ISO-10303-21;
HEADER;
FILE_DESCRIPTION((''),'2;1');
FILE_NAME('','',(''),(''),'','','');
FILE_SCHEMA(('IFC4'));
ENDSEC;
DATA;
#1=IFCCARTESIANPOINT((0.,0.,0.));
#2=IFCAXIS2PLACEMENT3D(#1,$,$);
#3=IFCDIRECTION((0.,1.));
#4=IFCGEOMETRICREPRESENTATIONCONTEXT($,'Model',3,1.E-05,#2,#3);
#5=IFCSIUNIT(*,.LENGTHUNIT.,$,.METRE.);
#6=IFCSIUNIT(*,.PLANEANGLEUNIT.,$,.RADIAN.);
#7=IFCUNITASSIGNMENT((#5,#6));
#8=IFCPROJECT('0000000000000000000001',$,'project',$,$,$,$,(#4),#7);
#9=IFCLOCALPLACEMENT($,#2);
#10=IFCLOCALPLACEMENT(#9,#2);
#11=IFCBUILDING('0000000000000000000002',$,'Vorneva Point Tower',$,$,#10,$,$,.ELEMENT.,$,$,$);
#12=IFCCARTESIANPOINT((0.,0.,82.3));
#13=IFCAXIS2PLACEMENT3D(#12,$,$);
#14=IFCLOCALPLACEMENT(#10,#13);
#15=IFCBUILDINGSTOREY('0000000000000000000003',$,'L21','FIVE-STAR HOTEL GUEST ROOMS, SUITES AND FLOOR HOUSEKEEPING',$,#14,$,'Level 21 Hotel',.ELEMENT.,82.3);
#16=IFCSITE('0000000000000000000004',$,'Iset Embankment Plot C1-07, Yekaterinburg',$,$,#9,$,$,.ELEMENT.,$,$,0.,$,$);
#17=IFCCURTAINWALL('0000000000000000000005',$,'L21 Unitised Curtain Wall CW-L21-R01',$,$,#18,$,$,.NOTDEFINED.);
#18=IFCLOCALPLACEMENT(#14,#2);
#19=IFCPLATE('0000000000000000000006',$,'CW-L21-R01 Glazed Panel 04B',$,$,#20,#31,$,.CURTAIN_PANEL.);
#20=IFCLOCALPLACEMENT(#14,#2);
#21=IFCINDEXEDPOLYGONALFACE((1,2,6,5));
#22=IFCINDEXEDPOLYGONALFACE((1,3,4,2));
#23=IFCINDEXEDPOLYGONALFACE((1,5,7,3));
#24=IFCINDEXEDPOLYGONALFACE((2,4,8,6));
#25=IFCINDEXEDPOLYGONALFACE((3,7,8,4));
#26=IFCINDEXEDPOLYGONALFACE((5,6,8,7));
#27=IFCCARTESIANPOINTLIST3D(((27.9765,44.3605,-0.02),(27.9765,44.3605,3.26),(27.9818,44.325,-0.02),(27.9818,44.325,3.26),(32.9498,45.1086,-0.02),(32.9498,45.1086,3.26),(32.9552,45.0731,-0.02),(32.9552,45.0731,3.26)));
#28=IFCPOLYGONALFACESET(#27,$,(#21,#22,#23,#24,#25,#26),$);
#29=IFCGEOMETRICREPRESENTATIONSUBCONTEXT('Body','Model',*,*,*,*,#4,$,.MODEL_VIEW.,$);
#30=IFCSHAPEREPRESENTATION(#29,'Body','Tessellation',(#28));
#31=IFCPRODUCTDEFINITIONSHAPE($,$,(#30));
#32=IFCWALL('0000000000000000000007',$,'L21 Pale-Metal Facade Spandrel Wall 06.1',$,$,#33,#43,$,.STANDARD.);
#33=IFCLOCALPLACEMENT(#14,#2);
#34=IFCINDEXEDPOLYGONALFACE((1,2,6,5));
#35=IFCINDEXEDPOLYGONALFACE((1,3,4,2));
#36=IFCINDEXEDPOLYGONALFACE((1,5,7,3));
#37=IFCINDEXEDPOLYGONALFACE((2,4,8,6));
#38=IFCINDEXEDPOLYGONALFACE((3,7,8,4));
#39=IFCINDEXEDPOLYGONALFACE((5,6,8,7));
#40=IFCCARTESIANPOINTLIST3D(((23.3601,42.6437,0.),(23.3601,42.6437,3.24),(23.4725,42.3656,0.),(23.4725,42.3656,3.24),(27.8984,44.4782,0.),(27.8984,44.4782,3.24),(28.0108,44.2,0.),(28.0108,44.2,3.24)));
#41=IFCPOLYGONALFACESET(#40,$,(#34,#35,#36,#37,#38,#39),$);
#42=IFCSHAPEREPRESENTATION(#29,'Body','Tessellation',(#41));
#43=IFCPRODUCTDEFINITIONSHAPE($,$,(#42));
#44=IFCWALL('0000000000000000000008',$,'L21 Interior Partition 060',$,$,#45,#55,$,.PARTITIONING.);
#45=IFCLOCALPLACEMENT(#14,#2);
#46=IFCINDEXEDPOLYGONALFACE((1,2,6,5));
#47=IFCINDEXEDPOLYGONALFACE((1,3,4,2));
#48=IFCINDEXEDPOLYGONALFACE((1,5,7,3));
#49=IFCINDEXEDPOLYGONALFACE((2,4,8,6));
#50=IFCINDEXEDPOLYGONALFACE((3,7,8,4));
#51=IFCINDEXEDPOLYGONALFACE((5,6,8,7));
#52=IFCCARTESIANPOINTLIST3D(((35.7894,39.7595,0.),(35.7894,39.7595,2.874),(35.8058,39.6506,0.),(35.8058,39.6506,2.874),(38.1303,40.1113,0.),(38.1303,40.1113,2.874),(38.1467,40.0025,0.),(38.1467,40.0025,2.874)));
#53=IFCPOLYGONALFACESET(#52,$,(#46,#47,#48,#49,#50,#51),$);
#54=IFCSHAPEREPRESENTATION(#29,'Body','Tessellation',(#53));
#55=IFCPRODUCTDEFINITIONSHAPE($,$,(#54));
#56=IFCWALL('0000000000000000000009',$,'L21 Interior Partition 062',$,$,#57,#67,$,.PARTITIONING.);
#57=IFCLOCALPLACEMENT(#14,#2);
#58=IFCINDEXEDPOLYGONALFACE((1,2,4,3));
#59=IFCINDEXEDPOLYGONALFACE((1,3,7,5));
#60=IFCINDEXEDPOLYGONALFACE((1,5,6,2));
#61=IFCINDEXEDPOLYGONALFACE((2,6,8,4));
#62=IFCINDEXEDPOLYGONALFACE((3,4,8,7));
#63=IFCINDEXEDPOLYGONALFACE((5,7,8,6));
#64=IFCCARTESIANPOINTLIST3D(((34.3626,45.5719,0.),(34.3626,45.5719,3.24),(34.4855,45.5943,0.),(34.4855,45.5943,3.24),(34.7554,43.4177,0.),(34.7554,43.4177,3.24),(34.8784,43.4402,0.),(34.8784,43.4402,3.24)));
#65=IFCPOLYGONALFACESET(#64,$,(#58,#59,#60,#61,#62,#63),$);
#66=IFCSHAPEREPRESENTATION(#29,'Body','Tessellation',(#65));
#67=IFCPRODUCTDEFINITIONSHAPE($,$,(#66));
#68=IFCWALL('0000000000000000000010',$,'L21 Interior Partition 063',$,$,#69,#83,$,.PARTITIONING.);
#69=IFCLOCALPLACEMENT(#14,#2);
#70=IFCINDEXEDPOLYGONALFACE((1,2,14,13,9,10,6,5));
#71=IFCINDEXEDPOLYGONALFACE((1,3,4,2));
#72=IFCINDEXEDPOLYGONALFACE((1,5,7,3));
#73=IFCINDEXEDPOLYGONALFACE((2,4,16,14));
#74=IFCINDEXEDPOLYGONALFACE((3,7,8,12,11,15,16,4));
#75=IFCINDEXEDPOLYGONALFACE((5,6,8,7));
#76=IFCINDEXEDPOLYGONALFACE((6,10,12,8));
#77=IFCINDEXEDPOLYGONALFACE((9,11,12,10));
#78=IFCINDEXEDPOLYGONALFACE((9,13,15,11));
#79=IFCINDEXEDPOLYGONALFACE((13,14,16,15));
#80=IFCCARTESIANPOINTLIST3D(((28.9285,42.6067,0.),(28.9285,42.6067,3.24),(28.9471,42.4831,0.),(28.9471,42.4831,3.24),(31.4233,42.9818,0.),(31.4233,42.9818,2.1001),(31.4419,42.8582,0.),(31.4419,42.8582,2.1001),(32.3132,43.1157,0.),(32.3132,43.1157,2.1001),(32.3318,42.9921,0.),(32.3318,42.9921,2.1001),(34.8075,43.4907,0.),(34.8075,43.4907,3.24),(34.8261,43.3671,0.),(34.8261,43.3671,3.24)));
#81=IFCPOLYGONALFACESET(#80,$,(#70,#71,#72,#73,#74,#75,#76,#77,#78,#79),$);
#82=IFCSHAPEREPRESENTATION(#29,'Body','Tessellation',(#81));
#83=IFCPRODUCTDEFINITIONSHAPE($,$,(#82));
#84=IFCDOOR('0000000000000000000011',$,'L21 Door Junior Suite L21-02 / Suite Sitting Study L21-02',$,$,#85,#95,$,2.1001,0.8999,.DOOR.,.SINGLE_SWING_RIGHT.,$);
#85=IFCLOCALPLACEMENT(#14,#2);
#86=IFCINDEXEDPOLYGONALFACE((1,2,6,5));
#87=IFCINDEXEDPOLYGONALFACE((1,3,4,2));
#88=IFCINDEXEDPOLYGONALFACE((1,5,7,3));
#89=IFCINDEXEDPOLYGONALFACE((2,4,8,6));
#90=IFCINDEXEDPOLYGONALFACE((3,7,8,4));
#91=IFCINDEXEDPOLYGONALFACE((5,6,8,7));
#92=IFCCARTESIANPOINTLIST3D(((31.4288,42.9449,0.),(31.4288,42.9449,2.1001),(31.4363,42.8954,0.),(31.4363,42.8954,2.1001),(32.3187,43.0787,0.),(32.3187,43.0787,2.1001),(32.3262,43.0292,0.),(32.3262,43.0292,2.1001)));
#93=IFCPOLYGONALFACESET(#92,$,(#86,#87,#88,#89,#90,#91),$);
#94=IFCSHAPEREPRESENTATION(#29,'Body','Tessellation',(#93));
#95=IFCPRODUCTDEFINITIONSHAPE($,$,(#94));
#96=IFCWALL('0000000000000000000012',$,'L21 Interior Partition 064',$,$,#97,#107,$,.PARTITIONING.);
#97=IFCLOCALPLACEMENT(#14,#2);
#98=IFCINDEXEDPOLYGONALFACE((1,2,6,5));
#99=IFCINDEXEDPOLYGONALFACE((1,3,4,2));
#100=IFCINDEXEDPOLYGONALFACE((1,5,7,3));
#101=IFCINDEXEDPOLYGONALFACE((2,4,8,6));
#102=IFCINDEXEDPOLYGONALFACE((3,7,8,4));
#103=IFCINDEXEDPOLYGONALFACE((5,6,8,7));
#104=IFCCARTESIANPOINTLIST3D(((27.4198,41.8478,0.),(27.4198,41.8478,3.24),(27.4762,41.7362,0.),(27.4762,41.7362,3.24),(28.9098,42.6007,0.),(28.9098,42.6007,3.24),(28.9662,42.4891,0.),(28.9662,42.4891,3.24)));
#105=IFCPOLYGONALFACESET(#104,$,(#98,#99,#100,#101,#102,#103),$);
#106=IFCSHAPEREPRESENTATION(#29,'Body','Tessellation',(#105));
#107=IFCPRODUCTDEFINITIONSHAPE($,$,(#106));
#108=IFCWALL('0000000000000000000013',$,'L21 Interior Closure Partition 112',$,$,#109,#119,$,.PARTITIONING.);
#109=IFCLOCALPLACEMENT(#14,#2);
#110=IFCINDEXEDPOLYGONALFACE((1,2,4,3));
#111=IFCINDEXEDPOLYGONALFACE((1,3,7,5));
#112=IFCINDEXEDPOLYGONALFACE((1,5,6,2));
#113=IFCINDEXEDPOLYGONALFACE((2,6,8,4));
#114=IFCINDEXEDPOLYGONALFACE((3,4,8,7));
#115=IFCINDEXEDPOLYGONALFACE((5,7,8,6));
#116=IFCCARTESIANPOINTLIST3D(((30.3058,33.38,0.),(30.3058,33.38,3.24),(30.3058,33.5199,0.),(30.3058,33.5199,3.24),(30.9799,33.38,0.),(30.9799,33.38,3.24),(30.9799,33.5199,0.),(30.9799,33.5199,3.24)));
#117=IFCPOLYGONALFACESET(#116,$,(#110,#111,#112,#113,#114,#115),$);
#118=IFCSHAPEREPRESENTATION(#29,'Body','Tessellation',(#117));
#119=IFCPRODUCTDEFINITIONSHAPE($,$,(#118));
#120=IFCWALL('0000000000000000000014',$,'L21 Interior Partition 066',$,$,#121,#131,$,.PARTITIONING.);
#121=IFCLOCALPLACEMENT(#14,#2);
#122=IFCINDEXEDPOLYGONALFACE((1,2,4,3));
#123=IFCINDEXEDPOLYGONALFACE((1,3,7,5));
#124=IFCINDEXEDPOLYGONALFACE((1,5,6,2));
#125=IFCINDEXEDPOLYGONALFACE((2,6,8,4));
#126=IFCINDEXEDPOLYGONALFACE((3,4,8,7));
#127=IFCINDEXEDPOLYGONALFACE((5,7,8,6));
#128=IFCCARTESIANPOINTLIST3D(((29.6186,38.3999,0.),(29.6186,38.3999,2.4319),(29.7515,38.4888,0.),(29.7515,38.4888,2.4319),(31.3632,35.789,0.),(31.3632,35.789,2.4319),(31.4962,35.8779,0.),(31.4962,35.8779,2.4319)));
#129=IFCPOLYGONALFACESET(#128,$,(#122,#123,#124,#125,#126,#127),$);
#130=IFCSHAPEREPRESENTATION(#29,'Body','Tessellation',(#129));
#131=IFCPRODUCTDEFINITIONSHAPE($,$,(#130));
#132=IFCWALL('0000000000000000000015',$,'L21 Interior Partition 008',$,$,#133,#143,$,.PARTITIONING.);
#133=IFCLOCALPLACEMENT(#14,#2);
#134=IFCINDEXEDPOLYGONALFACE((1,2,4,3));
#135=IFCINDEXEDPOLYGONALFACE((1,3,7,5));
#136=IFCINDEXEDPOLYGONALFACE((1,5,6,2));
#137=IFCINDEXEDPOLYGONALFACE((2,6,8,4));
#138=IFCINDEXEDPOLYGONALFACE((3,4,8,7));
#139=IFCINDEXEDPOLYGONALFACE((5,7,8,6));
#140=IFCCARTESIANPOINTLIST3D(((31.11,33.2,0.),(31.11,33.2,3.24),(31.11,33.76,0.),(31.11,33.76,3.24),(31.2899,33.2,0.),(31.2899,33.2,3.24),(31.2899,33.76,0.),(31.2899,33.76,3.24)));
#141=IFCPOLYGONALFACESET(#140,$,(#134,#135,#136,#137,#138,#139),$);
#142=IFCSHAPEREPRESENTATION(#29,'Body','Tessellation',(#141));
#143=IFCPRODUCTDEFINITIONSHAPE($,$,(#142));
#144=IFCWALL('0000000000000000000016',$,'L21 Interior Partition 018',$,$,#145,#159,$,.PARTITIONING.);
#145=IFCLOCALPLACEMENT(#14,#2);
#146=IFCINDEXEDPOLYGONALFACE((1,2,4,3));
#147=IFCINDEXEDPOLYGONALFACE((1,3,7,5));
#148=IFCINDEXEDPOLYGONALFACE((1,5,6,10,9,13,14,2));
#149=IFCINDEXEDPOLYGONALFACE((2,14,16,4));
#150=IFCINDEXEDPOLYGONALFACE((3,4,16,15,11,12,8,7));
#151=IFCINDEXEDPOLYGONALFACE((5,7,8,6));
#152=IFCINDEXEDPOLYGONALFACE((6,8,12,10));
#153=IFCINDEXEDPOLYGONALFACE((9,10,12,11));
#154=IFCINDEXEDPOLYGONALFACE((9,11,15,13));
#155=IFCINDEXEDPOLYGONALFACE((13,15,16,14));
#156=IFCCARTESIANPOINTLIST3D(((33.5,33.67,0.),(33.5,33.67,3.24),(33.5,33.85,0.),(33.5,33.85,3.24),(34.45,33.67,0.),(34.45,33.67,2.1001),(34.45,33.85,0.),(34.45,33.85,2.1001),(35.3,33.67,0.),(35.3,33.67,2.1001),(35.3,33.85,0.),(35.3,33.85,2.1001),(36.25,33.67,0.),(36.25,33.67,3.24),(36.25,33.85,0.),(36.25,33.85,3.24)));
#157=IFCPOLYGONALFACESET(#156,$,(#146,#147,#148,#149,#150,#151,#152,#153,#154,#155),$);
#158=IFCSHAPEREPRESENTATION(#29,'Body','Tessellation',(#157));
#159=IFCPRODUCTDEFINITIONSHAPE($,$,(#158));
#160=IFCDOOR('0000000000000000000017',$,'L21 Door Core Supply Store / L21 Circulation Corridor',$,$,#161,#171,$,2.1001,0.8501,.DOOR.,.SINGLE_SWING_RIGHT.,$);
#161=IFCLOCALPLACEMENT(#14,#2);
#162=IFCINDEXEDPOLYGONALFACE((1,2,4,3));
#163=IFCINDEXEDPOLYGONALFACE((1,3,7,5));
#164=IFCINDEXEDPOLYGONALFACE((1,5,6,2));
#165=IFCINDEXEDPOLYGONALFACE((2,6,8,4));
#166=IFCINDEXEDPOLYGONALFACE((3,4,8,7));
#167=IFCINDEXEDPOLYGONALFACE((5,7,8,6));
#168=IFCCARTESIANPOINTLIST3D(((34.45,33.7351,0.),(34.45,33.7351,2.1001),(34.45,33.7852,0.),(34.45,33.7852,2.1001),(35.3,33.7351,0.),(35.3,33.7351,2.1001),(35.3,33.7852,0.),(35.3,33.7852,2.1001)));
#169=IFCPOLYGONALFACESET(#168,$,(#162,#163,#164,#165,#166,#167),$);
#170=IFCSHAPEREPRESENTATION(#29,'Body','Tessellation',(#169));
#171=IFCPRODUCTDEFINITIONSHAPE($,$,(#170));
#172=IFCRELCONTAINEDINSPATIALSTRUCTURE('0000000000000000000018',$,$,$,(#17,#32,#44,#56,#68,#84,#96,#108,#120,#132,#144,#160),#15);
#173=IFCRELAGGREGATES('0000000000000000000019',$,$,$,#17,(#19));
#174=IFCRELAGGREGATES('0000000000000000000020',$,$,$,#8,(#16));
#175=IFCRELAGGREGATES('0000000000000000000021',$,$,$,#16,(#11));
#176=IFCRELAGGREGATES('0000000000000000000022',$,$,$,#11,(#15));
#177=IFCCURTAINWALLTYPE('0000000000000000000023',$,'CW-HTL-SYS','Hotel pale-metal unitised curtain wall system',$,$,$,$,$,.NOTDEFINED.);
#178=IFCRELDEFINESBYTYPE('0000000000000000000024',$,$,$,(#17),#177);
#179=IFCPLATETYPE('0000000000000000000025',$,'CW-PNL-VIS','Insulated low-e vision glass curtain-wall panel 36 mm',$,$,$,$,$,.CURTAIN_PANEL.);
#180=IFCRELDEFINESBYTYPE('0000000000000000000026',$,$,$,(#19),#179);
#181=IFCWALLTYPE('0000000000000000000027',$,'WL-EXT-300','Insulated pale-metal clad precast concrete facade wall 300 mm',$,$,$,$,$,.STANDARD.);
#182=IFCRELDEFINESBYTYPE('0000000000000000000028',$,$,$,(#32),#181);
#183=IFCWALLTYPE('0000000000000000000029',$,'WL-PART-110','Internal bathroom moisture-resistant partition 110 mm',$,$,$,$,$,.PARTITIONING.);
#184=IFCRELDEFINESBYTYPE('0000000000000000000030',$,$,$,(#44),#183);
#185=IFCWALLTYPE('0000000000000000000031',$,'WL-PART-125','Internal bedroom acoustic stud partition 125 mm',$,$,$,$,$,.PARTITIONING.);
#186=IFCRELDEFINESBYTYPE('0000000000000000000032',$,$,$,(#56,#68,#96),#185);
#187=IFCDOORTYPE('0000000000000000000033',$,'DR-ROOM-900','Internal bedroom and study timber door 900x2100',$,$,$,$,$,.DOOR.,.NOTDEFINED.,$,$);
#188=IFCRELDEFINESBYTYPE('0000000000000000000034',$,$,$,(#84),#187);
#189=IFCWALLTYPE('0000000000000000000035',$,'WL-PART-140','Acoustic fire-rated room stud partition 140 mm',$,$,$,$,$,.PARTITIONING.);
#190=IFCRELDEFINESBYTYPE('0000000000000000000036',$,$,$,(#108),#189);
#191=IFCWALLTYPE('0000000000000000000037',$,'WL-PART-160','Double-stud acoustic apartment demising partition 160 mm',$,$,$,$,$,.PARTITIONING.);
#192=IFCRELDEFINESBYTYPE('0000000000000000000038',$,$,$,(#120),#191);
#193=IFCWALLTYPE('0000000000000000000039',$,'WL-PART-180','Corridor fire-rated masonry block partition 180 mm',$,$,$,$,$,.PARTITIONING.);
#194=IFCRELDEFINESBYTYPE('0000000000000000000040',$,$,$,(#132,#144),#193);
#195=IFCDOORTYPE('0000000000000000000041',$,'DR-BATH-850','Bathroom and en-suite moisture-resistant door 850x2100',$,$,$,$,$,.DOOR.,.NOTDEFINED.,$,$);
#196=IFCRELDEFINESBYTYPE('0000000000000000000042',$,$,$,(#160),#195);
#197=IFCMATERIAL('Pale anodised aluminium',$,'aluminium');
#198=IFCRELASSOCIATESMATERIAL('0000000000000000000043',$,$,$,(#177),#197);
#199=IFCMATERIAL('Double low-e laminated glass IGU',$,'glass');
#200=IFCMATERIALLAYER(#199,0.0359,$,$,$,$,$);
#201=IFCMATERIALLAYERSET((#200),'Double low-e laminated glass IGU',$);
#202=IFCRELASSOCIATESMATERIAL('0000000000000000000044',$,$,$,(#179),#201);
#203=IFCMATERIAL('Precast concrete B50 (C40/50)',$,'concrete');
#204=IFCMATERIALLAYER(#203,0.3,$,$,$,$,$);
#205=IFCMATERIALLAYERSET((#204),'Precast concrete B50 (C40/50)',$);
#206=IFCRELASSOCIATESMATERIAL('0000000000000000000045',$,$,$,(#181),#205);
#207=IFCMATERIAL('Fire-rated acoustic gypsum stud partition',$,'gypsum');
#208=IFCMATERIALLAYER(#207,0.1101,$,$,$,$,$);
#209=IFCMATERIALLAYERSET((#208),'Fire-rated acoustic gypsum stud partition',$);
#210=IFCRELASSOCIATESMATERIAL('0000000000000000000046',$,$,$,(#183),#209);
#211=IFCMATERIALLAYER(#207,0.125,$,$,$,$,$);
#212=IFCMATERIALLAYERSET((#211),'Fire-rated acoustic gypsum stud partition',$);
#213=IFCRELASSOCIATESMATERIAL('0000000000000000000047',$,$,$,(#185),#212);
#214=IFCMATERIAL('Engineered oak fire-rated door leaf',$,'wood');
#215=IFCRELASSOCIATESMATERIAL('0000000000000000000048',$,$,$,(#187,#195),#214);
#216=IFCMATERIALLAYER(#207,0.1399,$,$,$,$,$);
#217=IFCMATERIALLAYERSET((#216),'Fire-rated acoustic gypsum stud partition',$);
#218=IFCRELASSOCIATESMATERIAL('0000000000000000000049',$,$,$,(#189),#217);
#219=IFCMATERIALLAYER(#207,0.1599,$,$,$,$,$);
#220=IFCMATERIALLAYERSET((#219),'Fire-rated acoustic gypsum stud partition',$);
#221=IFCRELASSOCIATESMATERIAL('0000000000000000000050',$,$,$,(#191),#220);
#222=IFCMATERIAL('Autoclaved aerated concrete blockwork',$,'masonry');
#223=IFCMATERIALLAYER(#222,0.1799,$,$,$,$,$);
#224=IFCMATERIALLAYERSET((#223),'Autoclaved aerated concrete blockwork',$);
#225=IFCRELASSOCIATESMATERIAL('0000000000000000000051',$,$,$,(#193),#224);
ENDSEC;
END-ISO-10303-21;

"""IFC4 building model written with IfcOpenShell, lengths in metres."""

from ifc_helpers import new_model, si_unit, direction, frame, frame_2d, origin, origin_2d, place, context, subcontext, project, spatial, rectangle, extrude, material, layer, layer_set, type_object, element, fill, aggregate, save


model = new_model("IFC4")

# Units and contexts
model_context = context("Model", 3, precision=1e-05, world=origin(), true_north=direction((0.0, 1.0)))
body_context = subcontext(model_context, "Body", "Model", "MODEL_VIEW")
ifc_project = project(units=[si_unit("LENGTHUNIT", "METRE"), si_unit("PLANEANGLEUNIT", "RADIAN")], contexts=[model_context])

# Site, building, storey
site_placement = place(None, origin())
site = spatial("IfcSite", under=ifc_project, at=site_placement, Name="Iset Embankment Plot C1-07, Yekaterinburg", CompositionType="ELEMENT", RefElevation=0.0)
building_placement = place(site_placement, origin())
building = spatial("IfcBuilding", under=site, at=building_placement, Name="Vorneva Point Tower", CompositionType="ELEMENT")
storey_placement = place(building_placement, frame((0.0, 0.0, 82.3)))
storey = spatial("IfcBuildingStorey", under=building, at=storey_placement, Name="L21", Description="FIVE-STAR HOTEL GUEST ROOMS, SUITES AND FLOOR HOUSEKEEPING", LongName="Level 21 Hotel", CompositionType="ELEMENT", Elevation=82.3)

# Curtain wall, plate
ifc_material_1 = material(Name="Pale anodised aluminium", Category="aluminium")
curtain_wall_type = type_object("IfcCurtainWallType", Name="CW-HTL-SYS", Description="Hotel pale-metal unitised curtain wall system", PredefinedType="NOTDEFINED", material=ifc_material_1)
curtain_wall_placement = place(storey_placement, origin())
curtain_wall = element("IfcCurtainWall", 1, at=curtain_wall_placement, inside=storey, type_object=curtain_wall_type, Name="L21 Unitised Curtain Wall CW-L21-R01", PredefinedType="NOTDEFINED")
ifc_material_2 = material(Name="Double low-e laminated glass IGU", Category="glass")
ifc_layer_1 = layer(ifc_material_2, 0.0359)
ifc_layer_set_1 = layer_set([ifc_layer_1], Name="Double low-e laminated glass IGU")
plate_type = type_object("IfcPlateType", Name="CW-PNL-VIS", Description="Insulated low-e vision glass curtain-wall panel 36 mm", PredefinedType="CURTAIN_PANEL", material=ifc_layer_set_1)
plate_1_placement = place(storey_placement, frame((30.4658, 44.7168, -0.02), z_axis=(0.0, 0.0, 1.0), x_axis=(-0.988876, -0.148741, 0.0)))
plate_1 = element("IfcPlate", 2, at=plate_1_placement, type_object=plate_type, Name="CW-L21-R01 Glazed Panel 04B", PredefinedType="CURTAIN_PANEL", context=body_context, shape_type="SweptSolid", body=[
    extrude(rectangle(XDim=5.0293, YDim=0.0359, at=origin_2d()), origin(), (0.0, 0.0, 1.0), 3.28),
])
aggregate(curtain_wall, [plate_1])

# Walls
ifc_material_3 = material(Name="Precast concrete B50 (C40/50)", Category="concrete")
ifc_layer_2 = layer(ifc_material_3, 0.3)
ifc_layer_set_2 = layer_set([ifc_layer_2], Name="Precast concrete B50 (C40/50)")
wall_type_1 = type_object("IfcWallType", Name="WL-EXT-300", Description="Insulated pale-metal clad precast concrete facade wall 300 mm", PredefinedType="STANDARD", material=ifc_layer_set_2)
wall_1_placement = place(storey_placement, frame((27.9546, 44.3391, 0.0), z_axis=(0.0, 0.0, 1.0), x_axis=(-0.927122, -0.374759, 0.0)))
element("IfcWall", 3, at=wall_1_placement, inside=storey, type_object=wall_type_1, Name="L21 Pale-Metal Facade Spandrel Wall 06.1", PredefinedType="STANDARD", context=body_context, shape_type="SweptSolid", body=[
    extrude(rectangle(XDim=4.895, YDim=0.3, at=frame_2d((2.4475, 0.0))), origin(), (0.0, 0.0, 1.0), 3.24),
])
ifc_material_4 = material(Name="Fire-rated acoustic gypsum stud partition", Category="gypsum")
ifc_layer_3 = layer(ifc_material_4, 0.1101)
ifc_layer_set_3 = layer_set([ifc_layer_3], Name="Fire-rated acoustic gypsum stud partition")
wall_type_2 = type_object("IfcWallType", Name="WL-PART-110", Description="Internal bathroom moisture-resistant partition 110 mm", PredefinedType="PARTITIONING", material=ifc_layer_set_3)
wall_2_placement = place(storey_placement, frame((35.7976, 39.7051, 0.0), z_axis=(0.0, 0.0, 1.0), x_axis=(0.988894, 0.148623, 0.0)))
element("IfcWall", 4, at=wall_2_placement, inside=storey, type_object=wall_type_2, Name="L21 Interior Partition 060", PredefinedType="PARTITIONING", context=body_context, shape_type="SweptSolid", body=[
    extrude(rectangle(XDim=2.3672, YDim=0.1101, at=frame_2d((1.1836, 0.0))), origin(), (0.0, 0.0, 1.0), 2.874),
])
ifc_layer_4 = layer(ifc_material_4, 0.125)
ifc_layer_set_4 = layer_set([ifc_layer_4], Name="Fire-rated acoustic gypsum stud partition")
wall_type_3 = type_object("IfcWallType", Name="WL-PART-125", Description="Internal bedroom acoustic stud partition 125 mm", PredefinedType="PARTITIONING", material=ifc_layer_set_4)
wall_3_placement = place(storey_placement, frame((34.4241, 45.583, 0.0), z_axis=(0.0, 0.0, 1.0), x_axis=(0.179405, -0.983775, 0.0)))
element("IfcWall", 5, at=wall_3_placement, inside=storey, type_object=wall_type_3, Name="L21 Interior Partition 062", PredefinedType="PARTITIONING", context=body_context, shape_type="SweptSolid", body=[
    extrude(rectangle(XDim=2.1897, YDim=0.125, at=frame_2d((1.0947, 0.0))), origin(), (0.0, 0.0, 1.0), 3.24),
])

# Wall, opening, door
wall_4_placement = place(storey_placement, frame((34.8169, 43.429, 0.0), z_axis=(0.0, 0.0, 1.0), x_axis=(-0.988882, -0.148702, 0.0)))
wall_4 = element("IfcWall", 6, at=wall_4_placement, inside=storey, type_object=wall_type_3, Name="L21 Interior Partition 063", PredefinedType="PARTITIONING", context=body_context, shape_type="SweptSolid", body=[
    extrude(rectangle(XDim=5.9451, YDim=0.125, at=frame_2d((2.9727, 0.0))), origin(), (0.0, 0.0, 1.0), 3.24),
])
opening_1_placement = place(wall_4_placement, frame((2.5225, 0.0, 0.0)))
opening_1 = element("IfcOpeningElement", 7, at=opening_1_placement, cuts=wall_4, PredefinedType="OPENING", context=body_context, shape_type="SweptSolid", body=[
    extrude(rectangle(XDim=0.8999, YDim=2.1001, at=frame_2d((0.45, 1.05))), frame((0.0, 0.0774, 0.0), z_axis=(0.0, -1.0, 0.0), x_axis=(1.0, 0.0, 0.0)), (0.0, 0.0, 1.0), 0.1548),
])
ifc_material_5 = material(Name="Engineered oak fire-rated door leaf", Category="wood")
door_type_1 = type_object("IfcDoorType", Name="DR-ROOM-900", Description="Internal bedroom and study timber door 900x2100", OperationType="NOTDEFINED", PredefinedType="DOOR", material=ifc_material_5)
door_1_placement = place(opening_1_placement, origin())
door_1 = element("IfcDoor", 8, at=door_1_placement, inside=storey, type_object=door_type_1, Name="L21 Door Junior Suite L21-02 / Suite Sitting Study L21-02", OperationType="SINGLE_SWING_RIGHT", OverallHeight=2.1001, OverallWidth=0.8999, PredefinedType="DOOR", context=body_context, shape_type="SweptSolid", body=[
    extrude(rectangle(XDim=0.8999, YDim=2.1001, at=frame_2d((0.45, 1.05))), frame((0.0, 0.0249, 0.0), z_axis=(0.0, -1.0, 0.0), x_axis=(1.0, 0.0, 0.0)), (0.0, 0.0, 1.0), 0.05),
])
fill(opening_1, door_1)

# Walls
wall_5_placement = place(storey_placement, frame((28.938, 42.5449, 0.0), z_axis=(0.0, 0.0, 1.0), x_axis=(-0.892518, -0.451012, 0.0)))
element("IfcWall", 9, at=wall_5_placement, inside=storey, type_object=wall_type_3, Name="L21 Interior Partition 064", PredefinedType="PARTITIONING", context=body_context, shape_type="SweptSolid", body=[
    extrude(rectangle(XDim=1.6694, YDim=0.125, at=frame_2d((0.8347, 0.0))), origin(), (0.0, 0.0, 1.0), 3.24),
])
ifc_layer_5 = layer(ifc_material_4, 0.1399)
ifc_layer_set_5 = layer_set([ifc_layer_5], Name="Fire-rated acoustic gypsum stud partition")
wall_type_4 = type_object("IfcWallType", Name="WL-PART-140", Description="Acoustic fire-rated room stud partition 140 mm", PredefinedType="PARTITIONING", material=ifc_layer_set_5)
wall_6_placement = place(storey_placement, frame((30.3059, 33.45, 0.0), z_axis=(0.0, 0.0, 1.0), x_axis=(1.0, 0.0, 0.0)))
element("IfcWall", 10, at=wall_6_placement, inside=storey, type_object=wall_type_4, Name="L21 Interior Closure Partition 112", PredefinedType="PARTITIONING", context=body_context, shape_type="SweptSolid", body=[
    extrude(rectangle(XDim=0.6741, YDim=0.1399, at=frame_2d((0.3369, 0.0))), origin(), (0.0, 0.0, 1.0), 3.24),
])
ifc_layer_6 = layer(ifc_material_4, 0.1599)
ifc_layer_set_6 = layer_set([ifc_layer_6], Name="Fire-rated acoustic gypsum stud partition")
wall_type_5 = type_object("IfcWallType", Name="WL-PART-160", Description="Double-stud acoustic apartment demising partition 160 mm", PredefinedType="PARTITIONING", material=ifc_layer_set_6)
wall_7_placement = place(storey_placement, frame((29.6851, 38.4443, 0.0), z_axis=(0.0, 0.0, 1.0), x_axis=(0.555597, -0.831452, 0.0)))
element("IfcWall", 11, at=wall_7_placement, inside=storey, type_object=wall_type_5, Name="L21 Interior Partition 066", PredefinedType="PARTITIONING", context=body_context, shape_type="SweptSolid", body=[
    extrude(rectangle(XDim=3.1401, YDim=0.1599, at=frame_2d((1.5701, 0.0))), origin(), (0.0, 0.0, 1.0), 2.4319),
])

# Shared definitions
ifc_material_6 = material(Name="Autoclaved aerated concrete blockwork", Category="masonry")
ifc_layer_7 = layer(ifc_material_6, 0.1799)
ifc_layer_set_7 = layer_set([ifc_layer_7], Name="Autoclaved aerated concrete blockwork")
wall_type_6 = type_object("IfcWallType", Name="WL-PART-180", Description="Corridor fire-rated masonry block partition 180 mm", PredefinedType="PARTITIONING", material=ifc_layer_set_7)

# Wall
wall_8_placement = place(storey_placement, frame((31.2, 33.76, 0.0), z_axis=(0.0, 0.0, 1.0), x_axis=(0.0, -1.0, 0.0)))
element("IfcWall", 12, at=wall_8_placement, inside=storey, type_object=wall_type_6, Name="L21 Interior Partition 008", PredefinedType="PARTITIONING", context=body_context, shape_type="SweptSolid", body=[
    extrude(rectangle(XDim=0.5601, YDim=0.1799, at=frame_2d((0.28, 0.0))), origin(), (0.0, 0.0, 1.0), 3.24),
])

# Wall, opening, door
wall_9_placement = place(storey_placement, frame((36.25, 33.76, 0.0), z_axis=(0.0, 0.0, 1.0), x_axis=(-1.0, 0.0, 0.0)))
wall_9 = element("IfcWall", 13, at=wall_9_placement, inside=storey, type_object=wall_type_6, Name="L21 Interior Partition 018", PredefinedType="PARTITIONING", context=body_context, shape_type="SweptSolid", body=[
    extrude(rectangle(XDim=2.75, YDim=0.1799, at=frame_2d((1.375, 0.0))), origin(), (0.0, 0.0, 1.0), 3.24),
])
opening_2_placement = place(wall_9_placement, frame((0.95, 0.0, 0.0)))
opening_2 = element("IfcOpeningElement", 14, at=opening_2_placement, cuts=wall_9, PredefinedType="OPENING", context=body_context, shape_type="SweptSolid", body=[
    extrude(rectangle(XDim=0.8501, YDim=2.1001, at=frame_2d((0.425, 1.05))), frame((0.0, 0.105, 0.0), z_axis=(0.0, -1.0, 0.0), x_axis=(1.0, 0.0, 0.0)), (0.0, 0.0, 1.0), 0.2097),
])
door_type_2 = type_object("IfcDoorType", Name="DR-BATH-850", Description="Bathroom and en-suite moisture-resistant door 850x2100", OperationType="NOTDEFINED", PredefinedType="DOOR", material=ifc_material_5)
door_2_placement = place(opening_2_placement, origin())
door_2 = element("IfcDoor", 15, at=door_2_placement, inside=storey, type_object=door_type_2, Name="L21 Door Core Supply Store / L21 Circulation Corridor", OperationType="SINGLE_SWING_RIGHT", OverallHeight=2.1001, OverallWidth=0.8501, PredefinedType="DOOR", context=body_context, shape_type="SweptSolid", body=[
    extrude(rectangle(XDim=0.8501, YDim=2.1001, at=frame_2d((0.425, 1.05))), frame((0.0, 0.0249, 0.0), z_axis=(0.0, -1.0, 0.0), x_axis=(1.0, 0.0, 0.0)), (0.0, 0.0, 1.0), 0.05),
])
fill(opening_2, door_2)

save(model, "model.ifc")
